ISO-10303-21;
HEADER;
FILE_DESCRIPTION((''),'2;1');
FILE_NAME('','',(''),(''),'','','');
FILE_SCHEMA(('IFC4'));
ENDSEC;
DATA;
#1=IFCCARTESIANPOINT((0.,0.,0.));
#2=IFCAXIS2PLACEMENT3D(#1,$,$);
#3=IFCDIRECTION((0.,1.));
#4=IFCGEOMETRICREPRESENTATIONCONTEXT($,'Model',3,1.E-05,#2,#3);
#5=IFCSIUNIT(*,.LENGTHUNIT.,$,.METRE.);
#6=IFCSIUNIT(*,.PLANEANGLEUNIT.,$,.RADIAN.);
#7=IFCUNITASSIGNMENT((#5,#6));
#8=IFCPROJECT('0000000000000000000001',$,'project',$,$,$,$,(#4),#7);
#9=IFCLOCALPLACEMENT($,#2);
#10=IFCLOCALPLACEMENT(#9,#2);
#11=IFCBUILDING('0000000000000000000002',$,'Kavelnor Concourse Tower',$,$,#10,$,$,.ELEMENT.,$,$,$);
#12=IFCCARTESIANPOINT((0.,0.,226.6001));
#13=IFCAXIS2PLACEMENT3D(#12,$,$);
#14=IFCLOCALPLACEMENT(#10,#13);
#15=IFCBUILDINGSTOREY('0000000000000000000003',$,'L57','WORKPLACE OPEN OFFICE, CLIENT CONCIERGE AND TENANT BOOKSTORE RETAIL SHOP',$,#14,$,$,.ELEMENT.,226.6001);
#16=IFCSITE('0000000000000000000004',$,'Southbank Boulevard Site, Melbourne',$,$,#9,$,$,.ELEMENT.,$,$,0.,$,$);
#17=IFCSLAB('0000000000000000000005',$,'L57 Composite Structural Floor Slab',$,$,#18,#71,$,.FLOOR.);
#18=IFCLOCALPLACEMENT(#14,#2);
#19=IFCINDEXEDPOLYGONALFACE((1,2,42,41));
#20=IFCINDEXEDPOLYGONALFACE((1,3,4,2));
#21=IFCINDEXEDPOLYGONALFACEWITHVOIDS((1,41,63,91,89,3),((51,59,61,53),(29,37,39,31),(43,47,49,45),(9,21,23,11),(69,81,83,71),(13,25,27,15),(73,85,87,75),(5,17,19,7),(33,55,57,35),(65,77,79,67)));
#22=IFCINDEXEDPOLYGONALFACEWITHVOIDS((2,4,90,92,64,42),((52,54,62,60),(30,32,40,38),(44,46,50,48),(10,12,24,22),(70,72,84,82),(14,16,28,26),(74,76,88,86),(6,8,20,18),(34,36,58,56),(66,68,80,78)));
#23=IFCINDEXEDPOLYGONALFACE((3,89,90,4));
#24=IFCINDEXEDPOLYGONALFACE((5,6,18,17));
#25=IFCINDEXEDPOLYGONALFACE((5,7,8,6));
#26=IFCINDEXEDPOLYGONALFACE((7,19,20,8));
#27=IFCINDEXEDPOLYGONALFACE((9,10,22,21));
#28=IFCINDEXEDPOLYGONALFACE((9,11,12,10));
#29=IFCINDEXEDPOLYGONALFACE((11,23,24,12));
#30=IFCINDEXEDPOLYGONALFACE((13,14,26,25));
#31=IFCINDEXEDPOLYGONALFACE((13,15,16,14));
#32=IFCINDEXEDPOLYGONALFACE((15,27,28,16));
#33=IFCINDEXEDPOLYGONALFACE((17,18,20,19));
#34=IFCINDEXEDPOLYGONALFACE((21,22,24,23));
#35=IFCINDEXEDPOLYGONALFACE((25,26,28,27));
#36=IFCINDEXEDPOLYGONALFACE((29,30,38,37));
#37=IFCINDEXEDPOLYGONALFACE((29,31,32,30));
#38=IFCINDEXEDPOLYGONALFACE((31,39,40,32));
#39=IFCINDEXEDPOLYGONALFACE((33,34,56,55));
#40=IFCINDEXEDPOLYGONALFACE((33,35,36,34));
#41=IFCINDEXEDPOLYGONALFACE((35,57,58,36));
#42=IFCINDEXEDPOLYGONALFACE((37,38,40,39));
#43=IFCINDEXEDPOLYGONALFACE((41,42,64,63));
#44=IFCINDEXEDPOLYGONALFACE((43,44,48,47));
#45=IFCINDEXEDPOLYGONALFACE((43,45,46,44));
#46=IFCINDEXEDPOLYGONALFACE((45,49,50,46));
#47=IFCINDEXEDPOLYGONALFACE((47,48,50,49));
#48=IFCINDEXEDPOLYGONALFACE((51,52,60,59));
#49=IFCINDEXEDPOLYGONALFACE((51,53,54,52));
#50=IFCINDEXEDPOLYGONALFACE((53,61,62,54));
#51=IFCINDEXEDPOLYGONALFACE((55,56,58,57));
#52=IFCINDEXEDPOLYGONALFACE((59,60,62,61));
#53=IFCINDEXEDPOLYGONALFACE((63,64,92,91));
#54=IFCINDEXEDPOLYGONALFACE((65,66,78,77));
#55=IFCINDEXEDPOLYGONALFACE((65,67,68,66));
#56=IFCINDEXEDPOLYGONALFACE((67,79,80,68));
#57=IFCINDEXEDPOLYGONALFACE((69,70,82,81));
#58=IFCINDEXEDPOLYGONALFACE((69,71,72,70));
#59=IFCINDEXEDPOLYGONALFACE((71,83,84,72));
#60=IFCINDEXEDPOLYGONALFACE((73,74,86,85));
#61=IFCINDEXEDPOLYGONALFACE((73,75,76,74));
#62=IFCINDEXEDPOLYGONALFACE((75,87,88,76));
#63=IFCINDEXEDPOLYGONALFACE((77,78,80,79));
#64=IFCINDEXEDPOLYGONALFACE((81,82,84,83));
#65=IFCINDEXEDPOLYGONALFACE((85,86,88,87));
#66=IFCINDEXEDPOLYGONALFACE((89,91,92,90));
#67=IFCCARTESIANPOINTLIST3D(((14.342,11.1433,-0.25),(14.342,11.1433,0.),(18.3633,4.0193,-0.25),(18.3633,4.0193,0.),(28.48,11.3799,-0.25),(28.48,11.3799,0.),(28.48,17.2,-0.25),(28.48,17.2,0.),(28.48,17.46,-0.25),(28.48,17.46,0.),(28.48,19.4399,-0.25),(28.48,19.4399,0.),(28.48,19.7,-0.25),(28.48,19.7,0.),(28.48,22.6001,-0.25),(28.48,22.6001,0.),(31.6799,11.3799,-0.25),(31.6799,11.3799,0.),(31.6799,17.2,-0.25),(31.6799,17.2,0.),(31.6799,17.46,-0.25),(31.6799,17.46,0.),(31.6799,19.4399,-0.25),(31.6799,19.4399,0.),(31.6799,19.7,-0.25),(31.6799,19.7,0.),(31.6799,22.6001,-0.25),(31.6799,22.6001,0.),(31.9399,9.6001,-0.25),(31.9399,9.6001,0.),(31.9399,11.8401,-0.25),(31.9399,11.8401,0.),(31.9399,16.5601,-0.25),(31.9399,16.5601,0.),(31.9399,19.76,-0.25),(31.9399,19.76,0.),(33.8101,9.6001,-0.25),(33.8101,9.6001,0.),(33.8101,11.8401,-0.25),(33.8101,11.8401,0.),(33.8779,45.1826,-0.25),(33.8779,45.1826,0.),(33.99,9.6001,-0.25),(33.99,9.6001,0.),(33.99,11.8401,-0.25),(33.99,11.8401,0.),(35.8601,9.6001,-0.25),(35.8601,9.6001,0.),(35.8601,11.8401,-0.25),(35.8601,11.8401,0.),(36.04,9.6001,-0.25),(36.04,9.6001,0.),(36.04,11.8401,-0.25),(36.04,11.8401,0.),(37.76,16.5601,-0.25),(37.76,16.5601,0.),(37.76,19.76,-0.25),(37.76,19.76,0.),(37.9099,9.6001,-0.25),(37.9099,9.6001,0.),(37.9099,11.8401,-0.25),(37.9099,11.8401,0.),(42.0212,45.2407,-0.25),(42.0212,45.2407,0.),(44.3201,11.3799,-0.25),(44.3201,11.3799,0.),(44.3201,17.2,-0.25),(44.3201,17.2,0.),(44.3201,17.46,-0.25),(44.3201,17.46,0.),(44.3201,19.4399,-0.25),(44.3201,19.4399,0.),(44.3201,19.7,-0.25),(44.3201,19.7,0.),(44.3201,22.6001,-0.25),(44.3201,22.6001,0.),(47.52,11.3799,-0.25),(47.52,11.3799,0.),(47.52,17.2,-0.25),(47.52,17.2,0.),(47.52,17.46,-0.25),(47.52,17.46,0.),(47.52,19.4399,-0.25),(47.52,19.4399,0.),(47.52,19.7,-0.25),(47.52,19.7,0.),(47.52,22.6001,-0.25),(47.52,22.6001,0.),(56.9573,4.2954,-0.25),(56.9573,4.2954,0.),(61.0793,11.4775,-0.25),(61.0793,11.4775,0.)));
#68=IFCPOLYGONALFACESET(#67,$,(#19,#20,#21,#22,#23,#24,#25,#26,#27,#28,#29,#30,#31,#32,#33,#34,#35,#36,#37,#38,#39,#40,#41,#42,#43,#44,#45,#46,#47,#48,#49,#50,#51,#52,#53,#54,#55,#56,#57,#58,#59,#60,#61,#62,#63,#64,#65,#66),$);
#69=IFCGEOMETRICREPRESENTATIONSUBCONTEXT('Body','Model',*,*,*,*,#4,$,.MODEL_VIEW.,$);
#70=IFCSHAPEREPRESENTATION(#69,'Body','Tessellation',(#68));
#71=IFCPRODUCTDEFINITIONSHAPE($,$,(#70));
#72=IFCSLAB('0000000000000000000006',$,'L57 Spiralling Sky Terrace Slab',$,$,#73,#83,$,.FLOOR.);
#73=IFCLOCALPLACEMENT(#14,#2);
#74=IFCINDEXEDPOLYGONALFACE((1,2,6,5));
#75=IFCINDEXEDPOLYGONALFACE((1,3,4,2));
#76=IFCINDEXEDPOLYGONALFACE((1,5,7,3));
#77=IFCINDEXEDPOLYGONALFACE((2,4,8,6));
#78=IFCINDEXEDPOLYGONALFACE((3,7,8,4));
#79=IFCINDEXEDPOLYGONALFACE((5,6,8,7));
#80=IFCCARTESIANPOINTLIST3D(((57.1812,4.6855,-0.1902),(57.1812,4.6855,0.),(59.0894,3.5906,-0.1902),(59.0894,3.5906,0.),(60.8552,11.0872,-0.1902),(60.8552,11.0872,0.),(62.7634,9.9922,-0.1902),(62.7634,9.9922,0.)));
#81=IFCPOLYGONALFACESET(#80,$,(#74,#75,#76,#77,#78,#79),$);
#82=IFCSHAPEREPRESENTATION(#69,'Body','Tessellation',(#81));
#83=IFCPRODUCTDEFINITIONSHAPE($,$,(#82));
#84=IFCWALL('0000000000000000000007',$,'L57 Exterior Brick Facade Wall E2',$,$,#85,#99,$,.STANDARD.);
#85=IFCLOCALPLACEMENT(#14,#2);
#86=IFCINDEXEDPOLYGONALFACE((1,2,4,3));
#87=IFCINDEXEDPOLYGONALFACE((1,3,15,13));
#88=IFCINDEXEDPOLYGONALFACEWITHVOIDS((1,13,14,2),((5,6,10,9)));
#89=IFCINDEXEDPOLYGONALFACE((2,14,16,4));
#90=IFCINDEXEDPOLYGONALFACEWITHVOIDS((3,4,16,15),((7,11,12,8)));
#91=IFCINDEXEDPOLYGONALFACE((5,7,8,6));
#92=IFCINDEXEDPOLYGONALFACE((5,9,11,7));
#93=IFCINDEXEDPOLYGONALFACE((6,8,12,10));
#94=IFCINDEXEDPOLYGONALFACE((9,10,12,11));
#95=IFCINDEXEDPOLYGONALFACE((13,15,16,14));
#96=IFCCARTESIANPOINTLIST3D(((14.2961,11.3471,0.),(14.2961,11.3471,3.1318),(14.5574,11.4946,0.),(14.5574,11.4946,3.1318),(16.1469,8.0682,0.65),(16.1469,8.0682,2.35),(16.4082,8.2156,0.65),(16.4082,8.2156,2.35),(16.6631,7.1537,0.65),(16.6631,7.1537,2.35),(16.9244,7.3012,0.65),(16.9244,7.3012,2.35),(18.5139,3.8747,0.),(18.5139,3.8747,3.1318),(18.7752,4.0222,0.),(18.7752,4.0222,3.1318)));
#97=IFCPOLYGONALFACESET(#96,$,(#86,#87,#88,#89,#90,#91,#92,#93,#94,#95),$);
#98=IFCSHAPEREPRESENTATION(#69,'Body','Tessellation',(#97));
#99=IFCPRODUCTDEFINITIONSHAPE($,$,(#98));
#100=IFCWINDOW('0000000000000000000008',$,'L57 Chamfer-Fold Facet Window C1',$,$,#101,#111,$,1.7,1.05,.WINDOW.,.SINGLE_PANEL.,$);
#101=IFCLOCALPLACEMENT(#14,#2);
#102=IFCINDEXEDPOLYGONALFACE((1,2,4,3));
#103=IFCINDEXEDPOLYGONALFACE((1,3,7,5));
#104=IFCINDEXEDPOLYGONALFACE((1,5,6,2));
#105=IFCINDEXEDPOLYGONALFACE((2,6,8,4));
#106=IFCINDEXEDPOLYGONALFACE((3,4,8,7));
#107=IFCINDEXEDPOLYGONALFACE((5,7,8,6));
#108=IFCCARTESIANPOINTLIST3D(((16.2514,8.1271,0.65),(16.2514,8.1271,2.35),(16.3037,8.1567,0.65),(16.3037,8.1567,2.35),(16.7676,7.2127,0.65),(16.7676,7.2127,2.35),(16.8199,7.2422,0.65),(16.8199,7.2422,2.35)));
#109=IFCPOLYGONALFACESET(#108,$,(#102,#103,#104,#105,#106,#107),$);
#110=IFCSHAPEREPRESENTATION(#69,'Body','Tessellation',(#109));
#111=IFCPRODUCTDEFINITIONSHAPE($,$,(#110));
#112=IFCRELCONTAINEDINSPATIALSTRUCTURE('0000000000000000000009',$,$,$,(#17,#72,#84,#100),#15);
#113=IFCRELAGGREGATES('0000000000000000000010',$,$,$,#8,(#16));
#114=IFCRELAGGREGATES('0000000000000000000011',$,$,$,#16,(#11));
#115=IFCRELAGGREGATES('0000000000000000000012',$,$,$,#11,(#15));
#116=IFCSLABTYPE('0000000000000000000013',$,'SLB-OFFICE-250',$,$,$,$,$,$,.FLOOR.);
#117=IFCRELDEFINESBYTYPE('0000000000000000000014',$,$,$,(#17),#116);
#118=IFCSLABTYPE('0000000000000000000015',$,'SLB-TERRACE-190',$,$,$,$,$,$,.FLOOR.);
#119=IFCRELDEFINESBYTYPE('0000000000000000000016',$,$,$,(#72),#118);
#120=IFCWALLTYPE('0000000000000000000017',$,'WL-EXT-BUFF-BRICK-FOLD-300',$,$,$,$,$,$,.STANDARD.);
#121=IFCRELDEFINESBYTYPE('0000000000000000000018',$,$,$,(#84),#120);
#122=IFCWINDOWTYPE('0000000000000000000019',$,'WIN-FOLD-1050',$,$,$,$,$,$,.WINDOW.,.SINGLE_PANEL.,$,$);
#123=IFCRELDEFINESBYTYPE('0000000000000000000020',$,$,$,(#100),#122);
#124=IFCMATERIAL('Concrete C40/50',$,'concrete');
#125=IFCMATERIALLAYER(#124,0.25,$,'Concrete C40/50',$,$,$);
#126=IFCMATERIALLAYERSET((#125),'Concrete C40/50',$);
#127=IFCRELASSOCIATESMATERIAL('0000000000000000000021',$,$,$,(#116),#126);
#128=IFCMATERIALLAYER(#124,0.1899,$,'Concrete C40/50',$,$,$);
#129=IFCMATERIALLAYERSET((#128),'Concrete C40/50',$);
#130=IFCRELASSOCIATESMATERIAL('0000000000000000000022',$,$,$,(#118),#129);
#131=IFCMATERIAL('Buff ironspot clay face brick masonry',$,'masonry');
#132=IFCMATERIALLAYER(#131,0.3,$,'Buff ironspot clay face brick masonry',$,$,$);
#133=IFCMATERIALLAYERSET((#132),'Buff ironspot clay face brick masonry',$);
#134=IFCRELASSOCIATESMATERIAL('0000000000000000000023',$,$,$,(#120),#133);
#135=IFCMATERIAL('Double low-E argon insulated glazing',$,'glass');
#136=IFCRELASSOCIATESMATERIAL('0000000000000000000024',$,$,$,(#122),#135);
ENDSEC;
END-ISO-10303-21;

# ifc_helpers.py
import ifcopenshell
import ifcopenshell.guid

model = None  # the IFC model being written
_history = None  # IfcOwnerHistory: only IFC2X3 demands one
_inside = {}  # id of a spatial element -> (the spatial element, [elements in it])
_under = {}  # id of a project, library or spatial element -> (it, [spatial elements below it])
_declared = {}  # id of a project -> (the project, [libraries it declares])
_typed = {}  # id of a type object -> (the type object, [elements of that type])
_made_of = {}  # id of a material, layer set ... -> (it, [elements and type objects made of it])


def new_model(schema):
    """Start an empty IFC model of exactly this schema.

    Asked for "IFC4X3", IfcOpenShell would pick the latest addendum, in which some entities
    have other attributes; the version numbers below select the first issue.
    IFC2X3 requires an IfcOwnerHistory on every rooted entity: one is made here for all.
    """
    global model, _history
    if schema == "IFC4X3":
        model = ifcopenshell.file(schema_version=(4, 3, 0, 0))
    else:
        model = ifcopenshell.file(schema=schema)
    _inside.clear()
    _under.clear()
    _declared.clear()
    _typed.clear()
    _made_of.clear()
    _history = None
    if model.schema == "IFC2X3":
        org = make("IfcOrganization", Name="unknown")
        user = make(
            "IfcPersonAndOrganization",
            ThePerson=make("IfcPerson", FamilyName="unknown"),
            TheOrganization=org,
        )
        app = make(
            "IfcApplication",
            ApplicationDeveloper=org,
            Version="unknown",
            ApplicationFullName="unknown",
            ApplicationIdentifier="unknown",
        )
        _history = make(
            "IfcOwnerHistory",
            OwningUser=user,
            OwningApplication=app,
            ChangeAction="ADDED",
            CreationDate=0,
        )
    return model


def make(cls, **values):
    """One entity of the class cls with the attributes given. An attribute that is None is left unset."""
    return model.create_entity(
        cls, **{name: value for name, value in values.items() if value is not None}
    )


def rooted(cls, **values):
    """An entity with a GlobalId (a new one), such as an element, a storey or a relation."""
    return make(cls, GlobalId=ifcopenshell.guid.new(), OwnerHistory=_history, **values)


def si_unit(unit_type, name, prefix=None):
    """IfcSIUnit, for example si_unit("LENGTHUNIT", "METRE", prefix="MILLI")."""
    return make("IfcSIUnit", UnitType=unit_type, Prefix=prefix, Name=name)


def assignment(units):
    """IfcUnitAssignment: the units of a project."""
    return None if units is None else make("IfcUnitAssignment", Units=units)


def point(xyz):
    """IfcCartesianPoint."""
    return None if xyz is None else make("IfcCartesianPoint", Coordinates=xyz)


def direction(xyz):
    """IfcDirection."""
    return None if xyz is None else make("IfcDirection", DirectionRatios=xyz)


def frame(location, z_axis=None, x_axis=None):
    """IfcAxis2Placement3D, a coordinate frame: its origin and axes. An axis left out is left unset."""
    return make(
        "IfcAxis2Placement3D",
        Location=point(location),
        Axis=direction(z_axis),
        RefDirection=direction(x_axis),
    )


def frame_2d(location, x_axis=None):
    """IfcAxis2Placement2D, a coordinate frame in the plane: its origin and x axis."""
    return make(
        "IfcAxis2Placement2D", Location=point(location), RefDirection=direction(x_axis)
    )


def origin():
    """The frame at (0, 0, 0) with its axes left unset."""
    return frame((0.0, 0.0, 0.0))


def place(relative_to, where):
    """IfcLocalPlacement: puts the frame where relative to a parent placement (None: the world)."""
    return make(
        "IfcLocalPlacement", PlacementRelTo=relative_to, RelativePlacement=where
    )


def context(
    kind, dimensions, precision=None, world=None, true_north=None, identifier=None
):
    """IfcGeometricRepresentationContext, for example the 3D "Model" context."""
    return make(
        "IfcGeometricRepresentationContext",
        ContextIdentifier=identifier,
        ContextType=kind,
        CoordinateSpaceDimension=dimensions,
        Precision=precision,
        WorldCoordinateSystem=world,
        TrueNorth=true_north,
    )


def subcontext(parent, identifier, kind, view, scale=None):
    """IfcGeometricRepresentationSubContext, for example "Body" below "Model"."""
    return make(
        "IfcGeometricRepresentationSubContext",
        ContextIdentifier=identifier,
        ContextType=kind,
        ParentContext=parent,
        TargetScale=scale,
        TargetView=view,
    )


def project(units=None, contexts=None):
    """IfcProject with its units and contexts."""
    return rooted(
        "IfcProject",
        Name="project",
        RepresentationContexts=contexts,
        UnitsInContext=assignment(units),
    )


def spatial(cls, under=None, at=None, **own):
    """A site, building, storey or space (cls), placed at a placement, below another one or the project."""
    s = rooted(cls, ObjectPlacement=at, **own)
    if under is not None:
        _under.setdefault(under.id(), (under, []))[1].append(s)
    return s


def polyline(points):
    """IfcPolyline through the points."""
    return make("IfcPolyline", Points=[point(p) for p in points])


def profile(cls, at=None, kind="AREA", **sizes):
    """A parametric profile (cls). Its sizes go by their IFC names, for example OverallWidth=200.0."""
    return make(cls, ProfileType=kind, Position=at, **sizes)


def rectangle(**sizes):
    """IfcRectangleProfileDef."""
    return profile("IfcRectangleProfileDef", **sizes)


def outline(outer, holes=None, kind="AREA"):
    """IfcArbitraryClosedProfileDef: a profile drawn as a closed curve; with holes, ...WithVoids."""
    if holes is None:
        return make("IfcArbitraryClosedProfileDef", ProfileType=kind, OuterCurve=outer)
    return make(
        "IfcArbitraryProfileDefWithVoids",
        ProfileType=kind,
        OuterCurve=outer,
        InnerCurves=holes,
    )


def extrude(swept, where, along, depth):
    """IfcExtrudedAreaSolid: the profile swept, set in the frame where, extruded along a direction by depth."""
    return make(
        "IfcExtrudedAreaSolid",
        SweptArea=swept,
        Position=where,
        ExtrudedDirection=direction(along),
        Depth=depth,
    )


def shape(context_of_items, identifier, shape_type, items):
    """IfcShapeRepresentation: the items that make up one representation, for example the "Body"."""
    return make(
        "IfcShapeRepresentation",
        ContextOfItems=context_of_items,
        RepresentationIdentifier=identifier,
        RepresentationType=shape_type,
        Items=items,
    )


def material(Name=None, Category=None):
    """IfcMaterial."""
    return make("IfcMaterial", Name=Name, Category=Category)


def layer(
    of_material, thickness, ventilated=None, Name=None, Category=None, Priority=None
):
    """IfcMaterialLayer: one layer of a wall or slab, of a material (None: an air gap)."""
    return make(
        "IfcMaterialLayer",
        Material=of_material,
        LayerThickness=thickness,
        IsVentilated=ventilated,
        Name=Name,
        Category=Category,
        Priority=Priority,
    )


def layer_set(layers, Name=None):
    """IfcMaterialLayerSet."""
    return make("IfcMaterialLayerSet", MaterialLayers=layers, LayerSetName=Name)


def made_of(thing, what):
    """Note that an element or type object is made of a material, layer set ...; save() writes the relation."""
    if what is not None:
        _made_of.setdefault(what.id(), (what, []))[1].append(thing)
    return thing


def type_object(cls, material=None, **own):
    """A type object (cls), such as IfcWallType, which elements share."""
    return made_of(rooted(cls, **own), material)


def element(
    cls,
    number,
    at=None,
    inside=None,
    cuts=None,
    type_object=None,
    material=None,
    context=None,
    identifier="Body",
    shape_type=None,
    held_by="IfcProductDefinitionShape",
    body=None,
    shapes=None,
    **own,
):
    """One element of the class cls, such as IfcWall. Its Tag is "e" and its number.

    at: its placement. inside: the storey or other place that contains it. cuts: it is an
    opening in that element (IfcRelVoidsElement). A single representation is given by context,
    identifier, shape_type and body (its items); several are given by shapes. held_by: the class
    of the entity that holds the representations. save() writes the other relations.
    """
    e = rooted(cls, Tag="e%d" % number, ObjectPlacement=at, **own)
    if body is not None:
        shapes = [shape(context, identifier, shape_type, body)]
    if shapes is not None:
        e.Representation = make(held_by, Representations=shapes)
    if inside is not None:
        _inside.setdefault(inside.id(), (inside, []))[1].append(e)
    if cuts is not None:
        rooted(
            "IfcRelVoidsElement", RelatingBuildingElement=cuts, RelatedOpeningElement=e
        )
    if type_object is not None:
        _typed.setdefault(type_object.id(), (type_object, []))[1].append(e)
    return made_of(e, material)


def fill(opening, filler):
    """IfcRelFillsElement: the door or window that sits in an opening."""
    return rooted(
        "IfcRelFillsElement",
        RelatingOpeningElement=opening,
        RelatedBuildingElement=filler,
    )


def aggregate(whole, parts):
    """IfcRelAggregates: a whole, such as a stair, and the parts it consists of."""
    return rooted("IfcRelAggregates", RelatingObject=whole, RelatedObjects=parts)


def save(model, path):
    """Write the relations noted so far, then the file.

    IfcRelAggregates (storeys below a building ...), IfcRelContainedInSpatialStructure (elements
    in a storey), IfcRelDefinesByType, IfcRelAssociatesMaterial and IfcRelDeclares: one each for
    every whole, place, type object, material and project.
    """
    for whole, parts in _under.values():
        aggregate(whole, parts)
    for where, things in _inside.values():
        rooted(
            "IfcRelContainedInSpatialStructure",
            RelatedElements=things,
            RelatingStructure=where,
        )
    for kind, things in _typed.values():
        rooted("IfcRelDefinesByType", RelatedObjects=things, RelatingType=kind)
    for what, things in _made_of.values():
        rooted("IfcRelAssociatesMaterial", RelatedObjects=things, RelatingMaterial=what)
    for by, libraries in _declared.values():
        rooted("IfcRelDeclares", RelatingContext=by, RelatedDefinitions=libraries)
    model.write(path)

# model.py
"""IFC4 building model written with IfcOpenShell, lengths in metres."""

from ifc_helpers import new_model, si_unit, direction, frame, frame_2d, origin, place, context, subcontext, project, spatial, polyline, rectangle, outline, extrude, material, layer, layer_set, type_object, element, fill, save


model = new_model("IFC4")

# Units and contexts
model_context = context("Model", 3, precision=1e-05, world=origin(), true_north=direction((0.0, 1.0)))
body_context = subcontext(model_context, "Body", "Model", "MODEL_VIEW")
ifc_project = project(units=[si_unit("LENGTHUNIT", "METRE"), si_unit("PLANEANGLEUNIT", "RADIAN")], contexts=[model_context])

# Site, building, storey
site_placement = place(None, origin())
site = spatial("IfcSite", under=ifc_project, at=site_placement, Name="Southbank Boulevard Site, Melbourne", CompositionType="ELEMENT", RefElevation=0.0)
building_placement = place(site_placement, origin())
building = spatial("IfcBuilding", under=site, at=building_placement, Name="Kavelnor Concourse Tower", CompositionType="ELEMENT")
storey_placement = place(building_placement, frame((0.0, 0.0, 226.6001)))
storey = spatial("IfcBuildingStorey", under=building, at=storey_placement, Name="L57", Description="WORKPLACE OPEN OFFICE, CLIENT CONCIERGE AND TENANT BOOKSTORE RETAIL SHOP", CompositionType="ELEMENT", Elevation=226.6001)

# Shared definitions
ifc_material_1 = material(Name="Concrete C40/50", Category="concrete")

# Slabs
ifc_layer_1 = layer(ifc_material_1, 0.25, Name="Concrete C40/50")
ifc_layer_set_1 = layer_set([ifc_layer_1], Name="Concrete C40/50")
slab_type_1 = type_object("IfcSlabType", Name="SLB-OFFICE-250", PredefinedType="FLOOR", material=ifc_layer_set_1)
slab_1_placement = place(storey_placement, frame((0.0, 0.0, -0.25)))
element("IfcSlab", 1, at=slab_1_placement, inside=storey, type_object=slab_type_1, Name="L57 Composite Structural Floor Slab", PredefinedType="FLOOR", context=body_context, shape_type="SweptSolid", body=[
    extrude(outline(polyline([(42.0212, 45.2407), (33.8779, 45.1826), (14.342, 11.1433), (18.3633, 4.0193), (56.9573, 4.2954), (61.0793, 11.4775), (42.0212, 45.2407)]), holes=[polyline([(28.48, 11.3799), (31.6799, 11.3799), (31.6799, 17.2), (28.48, 17.2), (28.48, 11.3799)]), polyline([(44.3201, 11.3799), (47.52, 11.3799), (47.52, 17.2), (44.3201, 17.2), (44.3201, 11.3799)]), polyline([(31.9399, 16.5601), (37.76, 16.5601), (37.76, 19.76), (31.9399, 19.76), (31.9399, 16.5601)]), polyline([(28.48, 19.7), (31.6799, 19.7), (31.6799, 22.6001), (28.48, 22.6001), (28.48, 19.7)]), polyline([(44.3201, 19.7), (47.52, 19.7), (47.52, 22.6001), (44.3201, 22.6001), (44.3201, 19.7)]), polyline([(31.9399, 9.6001), (33.8101, 9.6001), (33.8101, 11.8401), (31.9399, 11.8401), (31.9399, 9.6001)]), polyline([(33.99, 9.6001), (35.8601, 9.6001), (35.8601, 11.8401), (33.99, 11.8401), (33.99, 9.6001)]), polyline([(36.04, 9.6001), (37.9099, 9.6001), (37.9099, 11.8401), (36.04, 11.8401), (36.04, 9.6001)]), polyline([(28.48, 17.46), (31.6799, 17.46), (31.6799, 19.4399), (28.48, 19.4399), (28.48, 17.46)]), polyline([(44.3201, 17.46), (47.52, 17.46), (47.52, 19.4399), (44.3201, 19.4399), (44.3201, 17.46)])]), origin(), (0.0, 0.0, 1.0), 0.25),
])
ifc_layer_2 = layer(ifc_material_1, 0.1899, Name="Concrete C40/50")
ifc_layer_set_2 = layer_set([ifc_layer_2], Name="Concrete C40/50")
slab_type_2 = type_object("IfcSlabType", Name="SLB-TERRACE-190", PredefinedType="FLOOR", material=ifc_layer_set_2)
slab_2_placement = place(storey_placement, frame((0.0, 0.0, -0.1902)))
element("IfcSlab", 2, at=slab_2_placement, inside=storey, type_object=slab_type_2, Name="L57 Spiralling Sky Terrace Slab", PredefinedType="FLOOR", context=body_context, shape_type="SweptSolid", body=[
    extrude(outline(polyline([(62.7634, 9.9922), (59.0894, 3.5906), (57.1812, 4.6855), (60.8552, 11.0872), (62.7634, 9.9922)])), origin(), (0.0, 0.0, 1.0), 0.1902),
])

# Wall, opening, window
ifc_material_2 = material(Name="Buff ironspot clay face brick masonry", Category="masonry")
ifc_layer_3 = layer(ifc_material_2, 0.3, Name="Buff ironspot clay face brick masonry")
ifc_layer_set_3 = layer_set([ifc_layer_3], Name="Buff ironspot clay face brick masonry")
wall_type_1 = type_object("IfcWallType", Name="WL-EXT-BUFF-BRICK-FOLD-300", PredefinedType="STANDARD", material=ifc_layer_set_3)
wall_1_placement = place(storey_placement, frame((18.6445, 3.9485, 0.0), z_axis=(0.0, 0.0, 1.0), x_axis=(-0.491548, 0.87085, 0.0)))
wall_1 = element("IfcWall", 3, at=wall_1_placement, inside=storey, type_object=wall_type_1, Name="L57 Exterior Brick Facade Wall E2", PredefinedType="STANDARD", context=body_context, shape_type="SweptSolid", body=[
    extrude(rectangle(XDim=8.5806, YDim=0.3, at=frame_2d((4.2903, 0.0))), origin(), (0.0, 0.0, 1.0), 3.1318),
])
opening_1_placement = place(wall_1_placement, frame((3.7654, 0.0, 0.6499)))
opening_1 = element("IfcOpeningElement", 4, at=opening_1_placement, cuts=wall_1, PredefinedType="OPENING", context=body_context, shape_type="SweptSolid", body=[
    extrude(rectangle(XDim=1.05, YDim=1.7, at=frame_2d((0.5249, 0.8501))), frame((0.0, 0.1602, 0.0), z_axis=(0.0, -1.0, 0.0), x_axis=(1.0, 0.0, 0.0)), (0.0, 0.0, 1.0), 0.3201),
])
ifc_material_3 = material(Name="Double low-E argon insulated glazing", Category="glass")
window_type_1 = type_object("IfcWindowType", Name="WIN-FOLD-1050", PartitioningType="SINGLE_PANEL", PredefinedType="WINDOW", material=ifc_material_3)
window_1_placement = place(opening_1_placement, origin())
window_1 = element("IfcWindow", 5, at=window_1_placement, inside=storey, type_object=window_type_1, Name="L57 Chamfer-Fold Facet Window C1", OverallHeight=1.7, OverallWidth=1.05, PartitioningType="SINGLE_PANEL", PredefinedType="WINDOW", context=body_context, shape_type="SweptSolid", body=[
    extrude(rectangle(XDim=1.05, YDim=1.7, at=frame_2d((0.5249, 0.8501))), frame((0.0, 0.03, 0.0), z_axis=(0.0, -1.0, 0.0), x_axis=(1.0, 0.0, 0.0)), (0.0, 0.0, 1.0), 0.0601),
])
fill(opening_1, window_1)

save(model, "model.ifc")
